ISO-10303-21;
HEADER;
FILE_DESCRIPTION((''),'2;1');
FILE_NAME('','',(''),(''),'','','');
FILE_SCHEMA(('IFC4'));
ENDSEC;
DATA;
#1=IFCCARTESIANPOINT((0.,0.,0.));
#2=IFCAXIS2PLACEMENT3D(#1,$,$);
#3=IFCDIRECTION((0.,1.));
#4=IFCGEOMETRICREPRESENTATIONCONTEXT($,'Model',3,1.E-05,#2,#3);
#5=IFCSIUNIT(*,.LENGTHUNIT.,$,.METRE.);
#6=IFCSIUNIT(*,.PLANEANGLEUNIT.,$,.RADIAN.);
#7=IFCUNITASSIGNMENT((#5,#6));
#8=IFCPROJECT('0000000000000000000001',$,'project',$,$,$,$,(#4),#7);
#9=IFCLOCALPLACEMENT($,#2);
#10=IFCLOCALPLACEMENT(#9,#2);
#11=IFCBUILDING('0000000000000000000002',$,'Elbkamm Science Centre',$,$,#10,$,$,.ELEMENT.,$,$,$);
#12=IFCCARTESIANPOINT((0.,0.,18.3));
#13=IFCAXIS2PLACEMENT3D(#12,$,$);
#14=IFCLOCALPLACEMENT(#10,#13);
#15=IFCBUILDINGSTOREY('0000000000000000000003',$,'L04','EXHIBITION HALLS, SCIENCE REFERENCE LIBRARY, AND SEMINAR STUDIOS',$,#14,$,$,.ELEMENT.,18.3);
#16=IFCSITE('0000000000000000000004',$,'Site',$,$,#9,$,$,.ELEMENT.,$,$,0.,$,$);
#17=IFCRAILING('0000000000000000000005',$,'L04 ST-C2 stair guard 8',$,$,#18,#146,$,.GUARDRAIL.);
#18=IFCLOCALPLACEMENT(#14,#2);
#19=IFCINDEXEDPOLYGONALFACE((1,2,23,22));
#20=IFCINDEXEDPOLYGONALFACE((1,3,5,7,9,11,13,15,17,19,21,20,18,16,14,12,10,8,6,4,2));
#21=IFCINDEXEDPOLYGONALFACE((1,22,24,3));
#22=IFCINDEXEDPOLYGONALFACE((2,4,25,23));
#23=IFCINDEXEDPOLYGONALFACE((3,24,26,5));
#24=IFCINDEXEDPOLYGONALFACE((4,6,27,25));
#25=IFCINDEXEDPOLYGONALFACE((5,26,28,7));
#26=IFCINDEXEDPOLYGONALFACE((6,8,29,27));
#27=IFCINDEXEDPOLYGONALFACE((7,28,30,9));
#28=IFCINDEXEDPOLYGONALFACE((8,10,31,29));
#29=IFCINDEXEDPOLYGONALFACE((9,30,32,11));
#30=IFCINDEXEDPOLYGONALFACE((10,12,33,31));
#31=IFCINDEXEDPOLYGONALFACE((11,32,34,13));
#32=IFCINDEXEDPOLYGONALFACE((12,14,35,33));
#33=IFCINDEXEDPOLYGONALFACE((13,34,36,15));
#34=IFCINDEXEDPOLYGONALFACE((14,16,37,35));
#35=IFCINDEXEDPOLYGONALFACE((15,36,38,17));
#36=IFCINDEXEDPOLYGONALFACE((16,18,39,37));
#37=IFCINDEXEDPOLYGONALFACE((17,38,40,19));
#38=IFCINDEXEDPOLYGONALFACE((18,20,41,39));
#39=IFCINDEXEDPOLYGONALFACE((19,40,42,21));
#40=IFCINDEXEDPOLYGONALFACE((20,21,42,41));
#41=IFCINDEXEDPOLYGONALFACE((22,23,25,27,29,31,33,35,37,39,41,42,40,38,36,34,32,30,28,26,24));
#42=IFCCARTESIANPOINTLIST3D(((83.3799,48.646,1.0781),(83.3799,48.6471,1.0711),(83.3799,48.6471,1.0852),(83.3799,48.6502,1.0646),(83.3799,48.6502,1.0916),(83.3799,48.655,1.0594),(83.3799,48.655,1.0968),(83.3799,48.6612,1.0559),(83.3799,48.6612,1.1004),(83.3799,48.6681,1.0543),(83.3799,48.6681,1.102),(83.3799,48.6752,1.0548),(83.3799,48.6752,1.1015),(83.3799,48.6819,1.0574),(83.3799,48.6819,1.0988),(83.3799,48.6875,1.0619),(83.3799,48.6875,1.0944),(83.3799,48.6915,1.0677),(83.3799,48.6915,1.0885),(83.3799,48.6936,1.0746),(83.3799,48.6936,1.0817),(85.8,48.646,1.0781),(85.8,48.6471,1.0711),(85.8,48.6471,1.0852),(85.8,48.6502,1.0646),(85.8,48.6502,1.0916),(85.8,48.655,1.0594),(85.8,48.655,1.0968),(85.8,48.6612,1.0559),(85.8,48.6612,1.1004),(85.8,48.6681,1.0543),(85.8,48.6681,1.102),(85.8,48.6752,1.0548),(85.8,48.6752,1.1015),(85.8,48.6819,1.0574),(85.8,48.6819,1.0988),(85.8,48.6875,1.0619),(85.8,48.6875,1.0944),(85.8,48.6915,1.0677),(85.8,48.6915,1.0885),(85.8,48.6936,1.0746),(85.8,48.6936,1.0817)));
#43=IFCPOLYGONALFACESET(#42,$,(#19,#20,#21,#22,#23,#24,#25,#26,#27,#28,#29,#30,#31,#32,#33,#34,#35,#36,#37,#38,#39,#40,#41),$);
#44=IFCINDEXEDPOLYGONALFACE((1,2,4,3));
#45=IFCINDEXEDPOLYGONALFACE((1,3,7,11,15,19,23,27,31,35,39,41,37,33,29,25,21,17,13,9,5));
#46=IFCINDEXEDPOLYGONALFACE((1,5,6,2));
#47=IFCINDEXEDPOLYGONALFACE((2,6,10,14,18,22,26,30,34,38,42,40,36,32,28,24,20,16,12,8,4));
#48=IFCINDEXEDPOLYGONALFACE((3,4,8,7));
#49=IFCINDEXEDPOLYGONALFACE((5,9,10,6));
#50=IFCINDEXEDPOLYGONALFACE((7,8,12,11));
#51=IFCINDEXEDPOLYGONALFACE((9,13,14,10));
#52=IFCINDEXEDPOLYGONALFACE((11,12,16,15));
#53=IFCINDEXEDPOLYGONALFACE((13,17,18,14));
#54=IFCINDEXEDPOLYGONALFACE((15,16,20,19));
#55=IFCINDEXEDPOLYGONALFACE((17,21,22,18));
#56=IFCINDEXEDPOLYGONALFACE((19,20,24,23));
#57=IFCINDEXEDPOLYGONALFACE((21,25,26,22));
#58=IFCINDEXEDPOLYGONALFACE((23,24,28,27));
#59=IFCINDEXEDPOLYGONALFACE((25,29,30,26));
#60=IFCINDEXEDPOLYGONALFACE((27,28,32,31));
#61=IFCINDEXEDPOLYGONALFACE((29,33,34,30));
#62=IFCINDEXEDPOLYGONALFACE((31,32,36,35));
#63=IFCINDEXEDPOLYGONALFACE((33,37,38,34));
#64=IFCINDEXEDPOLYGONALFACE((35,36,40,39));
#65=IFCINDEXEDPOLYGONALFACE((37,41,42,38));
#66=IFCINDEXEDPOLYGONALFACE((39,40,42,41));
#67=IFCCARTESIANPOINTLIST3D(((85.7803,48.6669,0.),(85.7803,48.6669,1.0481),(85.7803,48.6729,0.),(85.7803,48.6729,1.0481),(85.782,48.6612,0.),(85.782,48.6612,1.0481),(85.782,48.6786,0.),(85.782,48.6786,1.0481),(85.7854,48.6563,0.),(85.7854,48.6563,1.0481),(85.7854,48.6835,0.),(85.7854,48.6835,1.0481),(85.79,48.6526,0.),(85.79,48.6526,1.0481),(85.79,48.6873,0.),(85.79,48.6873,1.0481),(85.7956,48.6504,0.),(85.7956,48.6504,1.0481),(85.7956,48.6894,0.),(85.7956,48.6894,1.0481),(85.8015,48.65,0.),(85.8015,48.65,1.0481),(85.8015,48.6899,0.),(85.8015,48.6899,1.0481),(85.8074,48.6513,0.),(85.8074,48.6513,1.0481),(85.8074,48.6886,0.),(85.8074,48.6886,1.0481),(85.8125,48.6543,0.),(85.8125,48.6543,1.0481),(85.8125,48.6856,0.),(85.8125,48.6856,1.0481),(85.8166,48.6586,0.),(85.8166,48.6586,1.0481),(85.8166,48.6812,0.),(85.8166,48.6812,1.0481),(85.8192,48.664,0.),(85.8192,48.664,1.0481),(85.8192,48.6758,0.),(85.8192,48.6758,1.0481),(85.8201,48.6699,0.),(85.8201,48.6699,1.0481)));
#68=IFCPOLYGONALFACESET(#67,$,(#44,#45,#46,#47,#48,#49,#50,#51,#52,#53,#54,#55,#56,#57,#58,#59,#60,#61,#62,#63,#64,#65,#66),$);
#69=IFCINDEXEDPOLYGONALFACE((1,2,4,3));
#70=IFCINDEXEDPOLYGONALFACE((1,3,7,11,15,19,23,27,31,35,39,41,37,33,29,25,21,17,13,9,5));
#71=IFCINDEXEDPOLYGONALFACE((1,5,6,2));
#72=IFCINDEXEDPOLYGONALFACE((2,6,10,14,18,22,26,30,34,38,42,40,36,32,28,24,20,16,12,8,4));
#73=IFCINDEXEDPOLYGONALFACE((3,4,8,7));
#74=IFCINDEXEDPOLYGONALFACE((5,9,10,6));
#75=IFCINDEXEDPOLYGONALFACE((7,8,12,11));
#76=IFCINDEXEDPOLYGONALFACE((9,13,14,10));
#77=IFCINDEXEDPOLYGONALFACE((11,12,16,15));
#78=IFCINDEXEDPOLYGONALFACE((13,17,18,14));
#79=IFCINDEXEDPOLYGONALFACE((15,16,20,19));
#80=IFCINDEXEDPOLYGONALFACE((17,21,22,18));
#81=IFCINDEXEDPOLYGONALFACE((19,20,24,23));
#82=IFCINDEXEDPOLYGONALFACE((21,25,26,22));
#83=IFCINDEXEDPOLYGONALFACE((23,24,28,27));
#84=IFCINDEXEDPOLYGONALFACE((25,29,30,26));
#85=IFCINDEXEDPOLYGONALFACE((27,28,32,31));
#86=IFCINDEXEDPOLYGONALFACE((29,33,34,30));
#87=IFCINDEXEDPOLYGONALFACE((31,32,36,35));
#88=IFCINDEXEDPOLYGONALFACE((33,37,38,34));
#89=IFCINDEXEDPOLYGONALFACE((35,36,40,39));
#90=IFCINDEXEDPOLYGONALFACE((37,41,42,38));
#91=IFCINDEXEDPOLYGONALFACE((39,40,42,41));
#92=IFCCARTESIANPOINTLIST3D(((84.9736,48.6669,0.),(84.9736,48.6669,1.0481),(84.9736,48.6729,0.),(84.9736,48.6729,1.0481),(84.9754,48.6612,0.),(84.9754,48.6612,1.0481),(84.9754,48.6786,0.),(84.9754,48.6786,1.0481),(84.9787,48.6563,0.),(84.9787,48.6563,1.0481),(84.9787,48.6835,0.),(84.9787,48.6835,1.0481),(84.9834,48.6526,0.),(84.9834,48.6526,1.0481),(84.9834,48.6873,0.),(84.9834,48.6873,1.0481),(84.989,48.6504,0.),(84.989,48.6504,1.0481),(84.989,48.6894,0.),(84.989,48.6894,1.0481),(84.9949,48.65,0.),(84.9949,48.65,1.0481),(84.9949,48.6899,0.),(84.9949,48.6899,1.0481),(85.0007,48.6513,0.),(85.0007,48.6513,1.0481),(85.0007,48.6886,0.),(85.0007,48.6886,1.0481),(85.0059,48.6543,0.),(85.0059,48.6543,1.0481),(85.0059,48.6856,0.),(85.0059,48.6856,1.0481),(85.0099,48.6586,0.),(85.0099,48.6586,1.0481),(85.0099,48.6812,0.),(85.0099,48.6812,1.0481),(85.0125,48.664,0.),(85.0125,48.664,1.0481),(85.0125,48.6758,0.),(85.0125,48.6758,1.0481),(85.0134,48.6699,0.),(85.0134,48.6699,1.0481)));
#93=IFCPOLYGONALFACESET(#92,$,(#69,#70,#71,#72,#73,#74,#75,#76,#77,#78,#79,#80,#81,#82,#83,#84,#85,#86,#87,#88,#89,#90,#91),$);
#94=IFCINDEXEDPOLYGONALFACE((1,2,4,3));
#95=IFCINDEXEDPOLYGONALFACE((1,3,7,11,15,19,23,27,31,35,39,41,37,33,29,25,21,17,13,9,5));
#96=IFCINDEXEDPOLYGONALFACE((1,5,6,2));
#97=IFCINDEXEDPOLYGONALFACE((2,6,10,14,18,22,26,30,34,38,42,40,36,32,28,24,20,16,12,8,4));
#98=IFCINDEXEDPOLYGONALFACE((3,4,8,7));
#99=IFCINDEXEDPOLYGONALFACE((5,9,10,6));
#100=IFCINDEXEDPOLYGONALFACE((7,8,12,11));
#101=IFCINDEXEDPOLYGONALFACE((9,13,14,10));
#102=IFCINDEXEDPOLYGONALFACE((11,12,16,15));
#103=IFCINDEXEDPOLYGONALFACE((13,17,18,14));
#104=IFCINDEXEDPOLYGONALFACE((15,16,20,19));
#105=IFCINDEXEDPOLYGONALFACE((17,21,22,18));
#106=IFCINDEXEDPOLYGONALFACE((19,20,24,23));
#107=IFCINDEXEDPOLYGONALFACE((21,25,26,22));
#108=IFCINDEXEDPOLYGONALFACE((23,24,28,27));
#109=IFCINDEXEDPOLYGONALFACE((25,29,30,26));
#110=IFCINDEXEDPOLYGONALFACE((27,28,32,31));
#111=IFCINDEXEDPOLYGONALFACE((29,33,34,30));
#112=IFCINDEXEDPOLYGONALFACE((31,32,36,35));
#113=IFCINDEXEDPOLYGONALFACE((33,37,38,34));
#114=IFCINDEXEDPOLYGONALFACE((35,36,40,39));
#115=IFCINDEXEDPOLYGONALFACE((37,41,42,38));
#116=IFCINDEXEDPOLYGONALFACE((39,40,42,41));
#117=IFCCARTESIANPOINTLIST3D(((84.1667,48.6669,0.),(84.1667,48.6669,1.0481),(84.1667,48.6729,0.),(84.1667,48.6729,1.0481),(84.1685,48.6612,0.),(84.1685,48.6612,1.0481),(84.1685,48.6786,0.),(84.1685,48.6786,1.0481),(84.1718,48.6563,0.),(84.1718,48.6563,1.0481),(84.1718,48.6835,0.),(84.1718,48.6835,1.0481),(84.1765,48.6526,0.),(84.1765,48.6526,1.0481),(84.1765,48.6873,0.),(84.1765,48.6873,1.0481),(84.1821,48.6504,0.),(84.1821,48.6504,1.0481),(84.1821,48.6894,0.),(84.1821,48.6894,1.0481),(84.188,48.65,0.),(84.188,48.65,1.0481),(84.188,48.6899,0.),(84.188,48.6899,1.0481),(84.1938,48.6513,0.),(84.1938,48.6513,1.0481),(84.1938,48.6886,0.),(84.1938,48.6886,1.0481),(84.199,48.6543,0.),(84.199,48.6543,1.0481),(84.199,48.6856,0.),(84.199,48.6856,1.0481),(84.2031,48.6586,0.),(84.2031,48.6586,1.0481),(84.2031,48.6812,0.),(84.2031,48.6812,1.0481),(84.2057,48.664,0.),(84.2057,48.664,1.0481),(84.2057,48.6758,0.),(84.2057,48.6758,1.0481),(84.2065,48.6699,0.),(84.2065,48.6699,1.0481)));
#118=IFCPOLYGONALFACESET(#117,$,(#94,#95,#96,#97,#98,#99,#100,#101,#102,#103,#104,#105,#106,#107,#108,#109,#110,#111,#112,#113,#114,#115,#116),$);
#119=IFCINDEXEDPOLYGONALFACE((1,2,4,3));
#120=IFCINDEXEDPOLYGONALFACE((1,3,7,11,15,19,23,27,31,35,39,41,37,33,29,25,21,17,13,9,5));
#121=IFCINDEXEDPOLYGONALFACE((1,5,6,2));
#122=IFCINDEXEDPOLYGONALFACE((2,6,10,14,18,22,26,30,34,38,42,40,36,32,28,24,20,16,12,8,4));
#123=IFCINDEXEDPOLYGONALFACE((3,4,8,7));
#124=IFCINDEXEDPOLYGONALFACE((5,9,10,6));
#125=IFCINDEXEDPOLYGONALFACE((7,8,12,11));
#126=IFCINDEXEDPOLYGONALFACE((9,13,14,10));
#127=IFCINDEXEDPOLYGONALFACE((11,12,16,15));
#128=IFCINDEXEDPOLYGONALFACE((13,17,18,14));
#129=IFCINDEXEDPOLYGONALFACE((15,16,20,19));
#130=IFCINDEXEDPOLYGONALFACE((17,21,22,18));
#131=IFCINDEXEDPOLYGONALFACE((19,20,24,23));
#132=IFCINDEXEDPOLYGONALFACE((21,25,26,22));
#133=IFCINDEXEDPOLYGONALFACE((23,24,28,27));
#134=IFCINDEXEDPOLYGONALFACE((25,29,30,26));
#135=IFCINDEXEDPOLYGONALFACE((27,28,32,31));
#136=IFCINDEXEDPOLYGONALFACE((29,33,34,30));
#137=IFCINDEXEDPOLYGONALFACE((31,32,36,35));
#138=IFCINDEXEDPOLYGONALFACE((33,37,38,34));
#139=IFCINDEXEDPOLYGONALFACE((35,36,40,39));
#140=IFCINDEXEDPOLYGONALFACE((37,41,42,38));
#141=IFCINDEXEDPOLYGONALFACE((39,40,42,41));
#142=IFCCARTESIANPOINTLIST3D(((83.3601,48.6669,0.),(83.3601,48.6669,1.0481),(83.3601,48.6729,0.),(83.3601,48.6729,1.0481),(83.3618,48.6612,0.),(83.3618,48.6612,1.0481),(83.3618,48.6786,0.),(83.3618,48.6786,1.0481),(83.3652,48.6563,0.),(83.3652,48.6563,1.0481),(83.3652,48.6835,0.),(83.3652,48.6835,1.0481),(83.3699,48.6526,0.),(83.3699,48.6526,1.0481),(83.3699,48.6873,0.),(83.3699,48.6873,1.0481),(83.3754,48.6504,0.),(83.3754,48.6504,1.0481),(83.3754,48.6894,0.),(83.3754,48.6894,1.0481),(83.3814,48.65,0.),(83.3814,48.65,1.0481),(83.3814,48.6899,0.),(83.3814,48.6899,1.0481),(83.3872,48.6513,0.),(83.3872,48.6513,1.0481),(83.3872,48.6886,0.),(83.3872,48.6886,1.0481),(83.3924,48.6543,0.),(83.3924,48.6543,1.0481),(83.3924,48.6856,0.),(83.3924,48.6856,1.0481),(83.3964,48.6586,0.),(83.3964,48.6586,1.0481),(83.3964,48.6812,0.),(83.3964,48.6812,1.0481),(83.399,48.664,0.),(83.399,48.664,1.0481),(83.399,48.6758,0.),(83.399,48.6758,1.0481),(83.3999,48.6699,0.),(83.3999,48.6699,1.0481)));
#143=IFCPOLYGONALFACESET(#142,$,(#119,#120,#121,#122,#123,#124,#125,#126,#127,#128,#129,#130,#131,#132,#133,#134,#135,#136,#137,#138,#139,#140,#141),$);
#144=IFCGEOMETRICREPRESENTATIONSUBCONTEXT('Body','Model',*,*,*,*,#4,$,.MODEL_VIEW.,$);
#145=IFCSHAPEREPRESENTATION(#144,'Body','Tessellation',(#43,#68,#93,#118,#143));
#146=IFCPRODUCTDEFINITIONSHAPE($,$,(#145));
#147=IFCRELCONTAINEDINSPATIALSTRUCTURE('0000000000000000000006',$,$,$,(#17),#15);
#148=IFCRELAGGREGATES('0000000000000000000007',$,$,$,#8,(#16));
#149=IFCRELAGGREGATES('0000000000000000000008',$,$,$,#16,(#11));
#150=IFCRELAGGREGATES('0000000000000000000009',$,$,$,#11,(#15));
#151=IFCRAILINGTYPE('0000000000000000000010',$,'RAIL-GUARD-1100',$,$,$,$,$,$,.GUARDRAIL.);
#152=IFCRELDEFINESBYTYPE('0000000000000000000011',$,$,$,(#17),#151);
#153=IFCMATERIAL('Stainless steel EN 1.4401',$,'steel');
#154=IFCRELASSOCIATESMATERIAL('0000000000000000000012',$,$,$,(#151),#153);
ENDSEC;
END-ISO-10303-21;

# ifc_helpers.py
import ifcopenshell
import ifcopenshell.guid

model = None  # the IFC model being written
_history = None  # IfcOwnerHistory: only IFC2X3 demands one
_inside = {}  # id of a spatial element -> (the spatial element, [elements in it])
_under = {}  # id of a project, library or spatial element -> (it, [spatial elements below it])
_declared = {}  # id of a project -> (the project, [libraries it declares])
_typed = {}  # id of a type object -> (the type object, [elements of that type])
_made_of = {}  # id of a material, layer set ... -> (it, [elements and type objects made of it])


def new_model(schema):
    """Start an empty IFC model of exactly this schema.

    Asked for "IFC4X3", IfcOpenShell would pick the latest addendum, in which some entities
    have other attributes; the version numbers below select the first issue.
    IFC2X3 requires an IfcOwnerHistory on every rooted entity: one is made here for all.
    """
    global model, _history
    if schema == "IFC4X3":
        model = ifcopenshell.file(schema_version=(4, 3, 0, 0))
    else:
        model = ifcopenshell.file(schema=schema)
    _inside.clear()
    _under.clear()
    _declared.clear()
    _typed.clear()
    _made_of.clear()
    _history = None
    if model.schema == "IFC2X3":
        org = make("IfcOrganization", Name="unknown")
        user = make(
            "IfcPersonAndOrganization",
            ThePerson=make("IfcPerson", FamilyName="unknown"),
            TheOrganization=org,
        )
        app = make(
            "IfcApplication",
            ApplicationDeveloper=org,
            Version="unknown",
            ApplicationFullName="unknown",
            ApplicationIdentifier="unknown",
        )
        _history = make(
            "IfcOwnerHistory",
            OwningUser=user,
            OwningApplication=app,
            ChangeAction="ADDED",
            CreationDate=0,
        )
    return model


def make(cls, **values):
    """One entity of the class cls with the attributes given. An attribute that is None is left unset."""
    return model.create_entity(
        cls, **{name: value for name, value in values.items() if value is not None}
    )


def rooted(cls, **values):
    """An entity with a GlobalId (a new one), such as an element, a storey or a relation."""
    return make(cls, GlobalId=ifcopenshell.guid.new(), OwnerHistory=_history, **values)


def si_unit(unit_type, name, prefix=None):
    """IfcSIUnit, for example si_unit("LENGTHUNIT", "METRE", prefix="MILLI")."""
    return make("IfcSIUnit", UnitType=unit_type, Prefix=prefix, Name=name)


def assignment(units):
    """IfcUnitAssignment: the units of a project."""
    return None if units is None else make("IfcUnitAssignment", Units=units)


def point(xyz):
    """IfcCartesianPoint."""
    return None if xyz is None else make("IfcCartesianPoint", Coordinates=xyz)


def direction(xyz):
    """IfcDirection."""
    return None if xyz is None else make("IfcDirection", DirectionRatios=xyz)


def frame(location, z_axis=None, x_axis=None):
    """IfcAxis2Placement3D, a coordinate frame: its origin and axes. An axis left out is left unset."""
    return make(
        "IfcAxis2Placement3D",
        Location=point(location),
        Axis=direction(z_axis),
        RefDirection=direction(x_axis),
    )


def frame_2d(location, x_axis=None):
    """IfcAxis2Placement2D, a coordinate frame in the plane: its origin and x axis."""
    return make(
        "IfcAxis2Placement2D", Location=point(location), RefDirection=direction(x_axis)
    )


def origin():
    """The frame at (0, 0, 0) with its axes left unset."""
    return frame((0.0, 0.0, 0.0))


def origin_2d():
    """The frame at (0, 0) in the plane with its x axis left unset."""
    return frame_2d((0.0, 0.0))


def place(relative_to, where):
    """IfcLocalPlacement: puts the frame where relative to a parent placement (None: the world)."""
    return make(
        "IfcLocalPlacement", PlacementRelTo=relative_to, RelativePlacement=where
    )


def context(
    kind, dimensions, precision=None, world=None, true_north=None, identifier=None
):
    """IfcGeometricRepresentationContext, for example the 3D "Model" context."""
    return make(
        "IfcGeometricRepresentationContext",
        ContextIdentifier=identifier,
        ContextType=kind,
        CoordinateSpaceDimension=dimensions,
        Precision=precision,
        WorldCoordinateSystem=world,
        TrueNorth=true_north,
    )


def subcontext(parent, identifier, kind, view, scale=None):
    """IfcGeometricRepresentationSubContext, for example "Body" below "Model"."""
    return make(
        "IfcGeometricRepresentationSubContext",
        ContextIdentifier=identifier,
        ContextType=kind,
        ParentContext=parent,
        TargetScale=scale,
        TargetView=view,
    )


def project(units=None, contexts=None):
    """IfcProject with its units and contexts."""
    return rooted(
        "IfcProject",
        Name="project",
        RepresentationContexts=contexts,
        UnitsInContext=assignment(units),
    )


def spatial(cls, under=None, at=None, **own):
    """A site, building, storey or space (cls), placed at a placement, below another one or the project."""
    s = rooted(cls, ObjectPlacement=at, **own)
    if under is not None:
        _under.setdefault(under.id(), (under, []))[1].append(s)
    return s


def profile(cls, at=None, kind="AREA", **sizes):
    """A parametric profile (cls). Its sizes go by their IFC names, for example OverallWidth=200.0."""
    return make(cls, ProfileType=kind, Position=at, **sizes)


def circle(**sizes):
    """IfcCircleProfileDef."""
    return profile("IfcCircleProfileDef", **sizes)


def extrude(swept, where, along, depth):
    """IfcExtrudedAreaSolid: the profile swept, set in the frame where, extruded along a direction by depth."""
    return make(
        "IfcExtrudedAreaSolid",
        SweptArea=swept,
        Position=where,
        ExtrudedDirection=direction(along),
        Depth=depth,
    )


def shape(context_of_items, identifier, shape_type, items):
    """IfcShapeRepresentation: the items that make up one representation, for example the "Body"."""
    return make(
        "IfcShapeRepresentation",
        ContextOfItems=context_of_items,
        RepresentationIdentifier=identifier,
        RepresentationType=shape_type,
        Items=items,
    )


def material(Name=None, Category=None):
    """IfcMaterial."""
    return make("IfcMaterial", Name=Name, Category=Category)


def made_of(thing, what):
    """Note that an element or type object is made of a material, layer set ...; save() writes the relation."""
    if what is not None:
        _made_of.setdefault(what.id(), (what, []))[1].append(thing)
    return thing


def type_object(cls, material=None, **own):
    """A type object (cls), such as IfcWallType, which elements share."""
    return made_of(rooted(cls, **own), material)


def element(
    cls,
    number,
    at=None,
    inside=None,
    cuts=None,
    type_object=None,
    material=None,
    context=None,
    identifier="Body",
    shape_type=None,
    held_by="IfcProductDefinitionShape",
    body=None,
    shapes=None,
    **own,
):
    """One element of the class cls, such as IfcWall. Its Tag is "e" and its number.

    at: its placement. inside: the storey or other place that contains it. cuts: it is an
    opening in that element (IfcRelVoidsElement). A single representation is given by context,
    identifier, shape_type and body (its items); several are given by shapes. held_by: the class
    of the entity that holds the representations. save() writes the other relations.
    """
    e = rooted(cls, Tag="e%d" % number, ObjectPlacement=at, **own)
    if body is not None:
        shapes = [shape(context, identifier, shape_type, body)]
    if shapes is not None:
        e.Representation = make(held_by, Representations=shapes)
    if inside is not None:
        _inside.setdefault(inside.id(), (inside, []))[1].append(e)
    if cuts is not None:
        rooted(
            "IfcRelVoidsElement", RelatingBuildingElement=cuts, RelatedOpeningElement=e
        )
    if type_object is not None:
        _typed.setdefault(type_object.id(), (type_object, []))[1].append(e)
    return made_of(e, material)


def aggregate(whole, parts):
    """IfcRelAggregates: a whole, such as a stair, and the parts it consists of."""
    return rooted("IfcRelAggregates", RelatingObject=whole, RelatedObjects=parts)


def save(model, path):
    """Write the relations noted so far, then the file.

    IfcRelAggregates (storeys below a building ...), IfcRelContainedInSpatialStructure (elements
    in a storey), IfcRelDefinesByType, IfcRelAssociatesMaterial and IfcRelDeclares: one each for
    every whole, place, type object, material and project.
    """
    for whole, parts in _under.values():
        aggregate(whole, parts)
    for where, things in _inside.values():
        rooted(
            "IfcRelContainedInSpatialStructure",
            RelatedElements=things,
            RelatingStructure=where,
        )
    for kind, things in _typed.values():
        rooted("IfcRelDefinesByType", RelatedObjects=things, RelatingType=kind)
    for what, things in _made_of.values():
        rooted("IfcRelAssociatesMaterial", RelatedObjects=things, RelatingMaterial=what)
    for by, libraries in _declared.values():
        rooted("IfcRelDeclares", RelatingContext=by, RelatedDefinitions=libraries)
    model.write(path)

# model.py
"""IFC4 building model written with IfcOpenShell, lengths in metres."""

from ifc_helpers import new_model, si_unit, direction, frame, origin, origin_2d, place, context, subcontext, project, spatial, circle, extrude, material, type_object, element, save


model = new_model("IFC4")

# Units and contexts
model_context = context("Model", 3, precision=1e-05, world=origin(), true_north=direction((0.0, 1.0)))
body_context = subcontext(model_context, "Body", "Model", "MODEL_VIEW")
ifc_project = project(units=[si_unit("LENGTHUNIT", "METRE"), si_unit("PLANEANGLEUNIT", "RADIAN")], contexts=[model_context])

# Site, building, storey
site_placement = place(None, origin())
site = spatial("IfcSite", under=ifc_project, at=site_placement, Name="Site", CompositionType="ELEMENT", RefElevation=0.0)
building_placement = place(site_placement, origin())
building = spatial("IfcBuilding", under=site, at=building_placement, Name="Elbkamm Science Centre", CompositionType="ELEMENT")
storey_placement = place(building_placement, frame((0.0, 0.0, 18.3)))
storey = spatial("IfcBuildingStorey", under=building, at=storey_placement, Name="L04", Description="EXHIBITION HALLS, SCIENCE REFERENCE LIBRARY, AND SEMINAR STUDIOS", CompositionType="ELEMENT", Elevation=18.3)

# Railing
ifc_material_1 = material(Name="Stainless steel EN 1.4401", Category="steel")
railing_type_1 = type_object("IfcRailingType", Name="RAIL-GUARD-1100", PredefinedType="GUARDRAIL", material=ifc_material_1)
for number, where, name in (
    (1, (85.8, 48.6699, 0.0), "L04 ST-C2 stair guard 8"),
):
    element("IfcRailing", number, at=place(storey_placement, frame(where)), inside=storey, type_object=railing_type_1, Name=name, PredefinedType="GUARDRAIL", context=body_context, shape_type="SweptSolid", body=[
        extrude(circle(Radius=0.0239, at=origin_2d()), frame((0.0, 0.0, 1.0781), z_axis=(-1.0, 0.0, 0.0), x_axis=(0.0, -1.0, 0.0)), (0.0, 0.0, 1.0), 2.4202),
        extrude(circle(Radius=0.02, at=origin_2d()), origin(), (0.0, 0.0, 1.0), 1.0481),
        extrude(circle(Radius=0.02, at=origin_2d()), frame((-0.8066, 0.0, 0.0)), (0.0, 0.0, 1.0), 1.0481),
        extrude(circle(Radius=0.02, at=origin_2d()), frame((-1.6135, 0.0, 0.0)), (0.0, 0.0, 1.0), 1.0481),
        extrude(circle(Radius=0.02, at=origin_2d()), frame((-2.4202, 0.0, 0.0)), (0.0, 0.0, 1.0), 1.0481),
    ])

save(model, "model.ifc")
